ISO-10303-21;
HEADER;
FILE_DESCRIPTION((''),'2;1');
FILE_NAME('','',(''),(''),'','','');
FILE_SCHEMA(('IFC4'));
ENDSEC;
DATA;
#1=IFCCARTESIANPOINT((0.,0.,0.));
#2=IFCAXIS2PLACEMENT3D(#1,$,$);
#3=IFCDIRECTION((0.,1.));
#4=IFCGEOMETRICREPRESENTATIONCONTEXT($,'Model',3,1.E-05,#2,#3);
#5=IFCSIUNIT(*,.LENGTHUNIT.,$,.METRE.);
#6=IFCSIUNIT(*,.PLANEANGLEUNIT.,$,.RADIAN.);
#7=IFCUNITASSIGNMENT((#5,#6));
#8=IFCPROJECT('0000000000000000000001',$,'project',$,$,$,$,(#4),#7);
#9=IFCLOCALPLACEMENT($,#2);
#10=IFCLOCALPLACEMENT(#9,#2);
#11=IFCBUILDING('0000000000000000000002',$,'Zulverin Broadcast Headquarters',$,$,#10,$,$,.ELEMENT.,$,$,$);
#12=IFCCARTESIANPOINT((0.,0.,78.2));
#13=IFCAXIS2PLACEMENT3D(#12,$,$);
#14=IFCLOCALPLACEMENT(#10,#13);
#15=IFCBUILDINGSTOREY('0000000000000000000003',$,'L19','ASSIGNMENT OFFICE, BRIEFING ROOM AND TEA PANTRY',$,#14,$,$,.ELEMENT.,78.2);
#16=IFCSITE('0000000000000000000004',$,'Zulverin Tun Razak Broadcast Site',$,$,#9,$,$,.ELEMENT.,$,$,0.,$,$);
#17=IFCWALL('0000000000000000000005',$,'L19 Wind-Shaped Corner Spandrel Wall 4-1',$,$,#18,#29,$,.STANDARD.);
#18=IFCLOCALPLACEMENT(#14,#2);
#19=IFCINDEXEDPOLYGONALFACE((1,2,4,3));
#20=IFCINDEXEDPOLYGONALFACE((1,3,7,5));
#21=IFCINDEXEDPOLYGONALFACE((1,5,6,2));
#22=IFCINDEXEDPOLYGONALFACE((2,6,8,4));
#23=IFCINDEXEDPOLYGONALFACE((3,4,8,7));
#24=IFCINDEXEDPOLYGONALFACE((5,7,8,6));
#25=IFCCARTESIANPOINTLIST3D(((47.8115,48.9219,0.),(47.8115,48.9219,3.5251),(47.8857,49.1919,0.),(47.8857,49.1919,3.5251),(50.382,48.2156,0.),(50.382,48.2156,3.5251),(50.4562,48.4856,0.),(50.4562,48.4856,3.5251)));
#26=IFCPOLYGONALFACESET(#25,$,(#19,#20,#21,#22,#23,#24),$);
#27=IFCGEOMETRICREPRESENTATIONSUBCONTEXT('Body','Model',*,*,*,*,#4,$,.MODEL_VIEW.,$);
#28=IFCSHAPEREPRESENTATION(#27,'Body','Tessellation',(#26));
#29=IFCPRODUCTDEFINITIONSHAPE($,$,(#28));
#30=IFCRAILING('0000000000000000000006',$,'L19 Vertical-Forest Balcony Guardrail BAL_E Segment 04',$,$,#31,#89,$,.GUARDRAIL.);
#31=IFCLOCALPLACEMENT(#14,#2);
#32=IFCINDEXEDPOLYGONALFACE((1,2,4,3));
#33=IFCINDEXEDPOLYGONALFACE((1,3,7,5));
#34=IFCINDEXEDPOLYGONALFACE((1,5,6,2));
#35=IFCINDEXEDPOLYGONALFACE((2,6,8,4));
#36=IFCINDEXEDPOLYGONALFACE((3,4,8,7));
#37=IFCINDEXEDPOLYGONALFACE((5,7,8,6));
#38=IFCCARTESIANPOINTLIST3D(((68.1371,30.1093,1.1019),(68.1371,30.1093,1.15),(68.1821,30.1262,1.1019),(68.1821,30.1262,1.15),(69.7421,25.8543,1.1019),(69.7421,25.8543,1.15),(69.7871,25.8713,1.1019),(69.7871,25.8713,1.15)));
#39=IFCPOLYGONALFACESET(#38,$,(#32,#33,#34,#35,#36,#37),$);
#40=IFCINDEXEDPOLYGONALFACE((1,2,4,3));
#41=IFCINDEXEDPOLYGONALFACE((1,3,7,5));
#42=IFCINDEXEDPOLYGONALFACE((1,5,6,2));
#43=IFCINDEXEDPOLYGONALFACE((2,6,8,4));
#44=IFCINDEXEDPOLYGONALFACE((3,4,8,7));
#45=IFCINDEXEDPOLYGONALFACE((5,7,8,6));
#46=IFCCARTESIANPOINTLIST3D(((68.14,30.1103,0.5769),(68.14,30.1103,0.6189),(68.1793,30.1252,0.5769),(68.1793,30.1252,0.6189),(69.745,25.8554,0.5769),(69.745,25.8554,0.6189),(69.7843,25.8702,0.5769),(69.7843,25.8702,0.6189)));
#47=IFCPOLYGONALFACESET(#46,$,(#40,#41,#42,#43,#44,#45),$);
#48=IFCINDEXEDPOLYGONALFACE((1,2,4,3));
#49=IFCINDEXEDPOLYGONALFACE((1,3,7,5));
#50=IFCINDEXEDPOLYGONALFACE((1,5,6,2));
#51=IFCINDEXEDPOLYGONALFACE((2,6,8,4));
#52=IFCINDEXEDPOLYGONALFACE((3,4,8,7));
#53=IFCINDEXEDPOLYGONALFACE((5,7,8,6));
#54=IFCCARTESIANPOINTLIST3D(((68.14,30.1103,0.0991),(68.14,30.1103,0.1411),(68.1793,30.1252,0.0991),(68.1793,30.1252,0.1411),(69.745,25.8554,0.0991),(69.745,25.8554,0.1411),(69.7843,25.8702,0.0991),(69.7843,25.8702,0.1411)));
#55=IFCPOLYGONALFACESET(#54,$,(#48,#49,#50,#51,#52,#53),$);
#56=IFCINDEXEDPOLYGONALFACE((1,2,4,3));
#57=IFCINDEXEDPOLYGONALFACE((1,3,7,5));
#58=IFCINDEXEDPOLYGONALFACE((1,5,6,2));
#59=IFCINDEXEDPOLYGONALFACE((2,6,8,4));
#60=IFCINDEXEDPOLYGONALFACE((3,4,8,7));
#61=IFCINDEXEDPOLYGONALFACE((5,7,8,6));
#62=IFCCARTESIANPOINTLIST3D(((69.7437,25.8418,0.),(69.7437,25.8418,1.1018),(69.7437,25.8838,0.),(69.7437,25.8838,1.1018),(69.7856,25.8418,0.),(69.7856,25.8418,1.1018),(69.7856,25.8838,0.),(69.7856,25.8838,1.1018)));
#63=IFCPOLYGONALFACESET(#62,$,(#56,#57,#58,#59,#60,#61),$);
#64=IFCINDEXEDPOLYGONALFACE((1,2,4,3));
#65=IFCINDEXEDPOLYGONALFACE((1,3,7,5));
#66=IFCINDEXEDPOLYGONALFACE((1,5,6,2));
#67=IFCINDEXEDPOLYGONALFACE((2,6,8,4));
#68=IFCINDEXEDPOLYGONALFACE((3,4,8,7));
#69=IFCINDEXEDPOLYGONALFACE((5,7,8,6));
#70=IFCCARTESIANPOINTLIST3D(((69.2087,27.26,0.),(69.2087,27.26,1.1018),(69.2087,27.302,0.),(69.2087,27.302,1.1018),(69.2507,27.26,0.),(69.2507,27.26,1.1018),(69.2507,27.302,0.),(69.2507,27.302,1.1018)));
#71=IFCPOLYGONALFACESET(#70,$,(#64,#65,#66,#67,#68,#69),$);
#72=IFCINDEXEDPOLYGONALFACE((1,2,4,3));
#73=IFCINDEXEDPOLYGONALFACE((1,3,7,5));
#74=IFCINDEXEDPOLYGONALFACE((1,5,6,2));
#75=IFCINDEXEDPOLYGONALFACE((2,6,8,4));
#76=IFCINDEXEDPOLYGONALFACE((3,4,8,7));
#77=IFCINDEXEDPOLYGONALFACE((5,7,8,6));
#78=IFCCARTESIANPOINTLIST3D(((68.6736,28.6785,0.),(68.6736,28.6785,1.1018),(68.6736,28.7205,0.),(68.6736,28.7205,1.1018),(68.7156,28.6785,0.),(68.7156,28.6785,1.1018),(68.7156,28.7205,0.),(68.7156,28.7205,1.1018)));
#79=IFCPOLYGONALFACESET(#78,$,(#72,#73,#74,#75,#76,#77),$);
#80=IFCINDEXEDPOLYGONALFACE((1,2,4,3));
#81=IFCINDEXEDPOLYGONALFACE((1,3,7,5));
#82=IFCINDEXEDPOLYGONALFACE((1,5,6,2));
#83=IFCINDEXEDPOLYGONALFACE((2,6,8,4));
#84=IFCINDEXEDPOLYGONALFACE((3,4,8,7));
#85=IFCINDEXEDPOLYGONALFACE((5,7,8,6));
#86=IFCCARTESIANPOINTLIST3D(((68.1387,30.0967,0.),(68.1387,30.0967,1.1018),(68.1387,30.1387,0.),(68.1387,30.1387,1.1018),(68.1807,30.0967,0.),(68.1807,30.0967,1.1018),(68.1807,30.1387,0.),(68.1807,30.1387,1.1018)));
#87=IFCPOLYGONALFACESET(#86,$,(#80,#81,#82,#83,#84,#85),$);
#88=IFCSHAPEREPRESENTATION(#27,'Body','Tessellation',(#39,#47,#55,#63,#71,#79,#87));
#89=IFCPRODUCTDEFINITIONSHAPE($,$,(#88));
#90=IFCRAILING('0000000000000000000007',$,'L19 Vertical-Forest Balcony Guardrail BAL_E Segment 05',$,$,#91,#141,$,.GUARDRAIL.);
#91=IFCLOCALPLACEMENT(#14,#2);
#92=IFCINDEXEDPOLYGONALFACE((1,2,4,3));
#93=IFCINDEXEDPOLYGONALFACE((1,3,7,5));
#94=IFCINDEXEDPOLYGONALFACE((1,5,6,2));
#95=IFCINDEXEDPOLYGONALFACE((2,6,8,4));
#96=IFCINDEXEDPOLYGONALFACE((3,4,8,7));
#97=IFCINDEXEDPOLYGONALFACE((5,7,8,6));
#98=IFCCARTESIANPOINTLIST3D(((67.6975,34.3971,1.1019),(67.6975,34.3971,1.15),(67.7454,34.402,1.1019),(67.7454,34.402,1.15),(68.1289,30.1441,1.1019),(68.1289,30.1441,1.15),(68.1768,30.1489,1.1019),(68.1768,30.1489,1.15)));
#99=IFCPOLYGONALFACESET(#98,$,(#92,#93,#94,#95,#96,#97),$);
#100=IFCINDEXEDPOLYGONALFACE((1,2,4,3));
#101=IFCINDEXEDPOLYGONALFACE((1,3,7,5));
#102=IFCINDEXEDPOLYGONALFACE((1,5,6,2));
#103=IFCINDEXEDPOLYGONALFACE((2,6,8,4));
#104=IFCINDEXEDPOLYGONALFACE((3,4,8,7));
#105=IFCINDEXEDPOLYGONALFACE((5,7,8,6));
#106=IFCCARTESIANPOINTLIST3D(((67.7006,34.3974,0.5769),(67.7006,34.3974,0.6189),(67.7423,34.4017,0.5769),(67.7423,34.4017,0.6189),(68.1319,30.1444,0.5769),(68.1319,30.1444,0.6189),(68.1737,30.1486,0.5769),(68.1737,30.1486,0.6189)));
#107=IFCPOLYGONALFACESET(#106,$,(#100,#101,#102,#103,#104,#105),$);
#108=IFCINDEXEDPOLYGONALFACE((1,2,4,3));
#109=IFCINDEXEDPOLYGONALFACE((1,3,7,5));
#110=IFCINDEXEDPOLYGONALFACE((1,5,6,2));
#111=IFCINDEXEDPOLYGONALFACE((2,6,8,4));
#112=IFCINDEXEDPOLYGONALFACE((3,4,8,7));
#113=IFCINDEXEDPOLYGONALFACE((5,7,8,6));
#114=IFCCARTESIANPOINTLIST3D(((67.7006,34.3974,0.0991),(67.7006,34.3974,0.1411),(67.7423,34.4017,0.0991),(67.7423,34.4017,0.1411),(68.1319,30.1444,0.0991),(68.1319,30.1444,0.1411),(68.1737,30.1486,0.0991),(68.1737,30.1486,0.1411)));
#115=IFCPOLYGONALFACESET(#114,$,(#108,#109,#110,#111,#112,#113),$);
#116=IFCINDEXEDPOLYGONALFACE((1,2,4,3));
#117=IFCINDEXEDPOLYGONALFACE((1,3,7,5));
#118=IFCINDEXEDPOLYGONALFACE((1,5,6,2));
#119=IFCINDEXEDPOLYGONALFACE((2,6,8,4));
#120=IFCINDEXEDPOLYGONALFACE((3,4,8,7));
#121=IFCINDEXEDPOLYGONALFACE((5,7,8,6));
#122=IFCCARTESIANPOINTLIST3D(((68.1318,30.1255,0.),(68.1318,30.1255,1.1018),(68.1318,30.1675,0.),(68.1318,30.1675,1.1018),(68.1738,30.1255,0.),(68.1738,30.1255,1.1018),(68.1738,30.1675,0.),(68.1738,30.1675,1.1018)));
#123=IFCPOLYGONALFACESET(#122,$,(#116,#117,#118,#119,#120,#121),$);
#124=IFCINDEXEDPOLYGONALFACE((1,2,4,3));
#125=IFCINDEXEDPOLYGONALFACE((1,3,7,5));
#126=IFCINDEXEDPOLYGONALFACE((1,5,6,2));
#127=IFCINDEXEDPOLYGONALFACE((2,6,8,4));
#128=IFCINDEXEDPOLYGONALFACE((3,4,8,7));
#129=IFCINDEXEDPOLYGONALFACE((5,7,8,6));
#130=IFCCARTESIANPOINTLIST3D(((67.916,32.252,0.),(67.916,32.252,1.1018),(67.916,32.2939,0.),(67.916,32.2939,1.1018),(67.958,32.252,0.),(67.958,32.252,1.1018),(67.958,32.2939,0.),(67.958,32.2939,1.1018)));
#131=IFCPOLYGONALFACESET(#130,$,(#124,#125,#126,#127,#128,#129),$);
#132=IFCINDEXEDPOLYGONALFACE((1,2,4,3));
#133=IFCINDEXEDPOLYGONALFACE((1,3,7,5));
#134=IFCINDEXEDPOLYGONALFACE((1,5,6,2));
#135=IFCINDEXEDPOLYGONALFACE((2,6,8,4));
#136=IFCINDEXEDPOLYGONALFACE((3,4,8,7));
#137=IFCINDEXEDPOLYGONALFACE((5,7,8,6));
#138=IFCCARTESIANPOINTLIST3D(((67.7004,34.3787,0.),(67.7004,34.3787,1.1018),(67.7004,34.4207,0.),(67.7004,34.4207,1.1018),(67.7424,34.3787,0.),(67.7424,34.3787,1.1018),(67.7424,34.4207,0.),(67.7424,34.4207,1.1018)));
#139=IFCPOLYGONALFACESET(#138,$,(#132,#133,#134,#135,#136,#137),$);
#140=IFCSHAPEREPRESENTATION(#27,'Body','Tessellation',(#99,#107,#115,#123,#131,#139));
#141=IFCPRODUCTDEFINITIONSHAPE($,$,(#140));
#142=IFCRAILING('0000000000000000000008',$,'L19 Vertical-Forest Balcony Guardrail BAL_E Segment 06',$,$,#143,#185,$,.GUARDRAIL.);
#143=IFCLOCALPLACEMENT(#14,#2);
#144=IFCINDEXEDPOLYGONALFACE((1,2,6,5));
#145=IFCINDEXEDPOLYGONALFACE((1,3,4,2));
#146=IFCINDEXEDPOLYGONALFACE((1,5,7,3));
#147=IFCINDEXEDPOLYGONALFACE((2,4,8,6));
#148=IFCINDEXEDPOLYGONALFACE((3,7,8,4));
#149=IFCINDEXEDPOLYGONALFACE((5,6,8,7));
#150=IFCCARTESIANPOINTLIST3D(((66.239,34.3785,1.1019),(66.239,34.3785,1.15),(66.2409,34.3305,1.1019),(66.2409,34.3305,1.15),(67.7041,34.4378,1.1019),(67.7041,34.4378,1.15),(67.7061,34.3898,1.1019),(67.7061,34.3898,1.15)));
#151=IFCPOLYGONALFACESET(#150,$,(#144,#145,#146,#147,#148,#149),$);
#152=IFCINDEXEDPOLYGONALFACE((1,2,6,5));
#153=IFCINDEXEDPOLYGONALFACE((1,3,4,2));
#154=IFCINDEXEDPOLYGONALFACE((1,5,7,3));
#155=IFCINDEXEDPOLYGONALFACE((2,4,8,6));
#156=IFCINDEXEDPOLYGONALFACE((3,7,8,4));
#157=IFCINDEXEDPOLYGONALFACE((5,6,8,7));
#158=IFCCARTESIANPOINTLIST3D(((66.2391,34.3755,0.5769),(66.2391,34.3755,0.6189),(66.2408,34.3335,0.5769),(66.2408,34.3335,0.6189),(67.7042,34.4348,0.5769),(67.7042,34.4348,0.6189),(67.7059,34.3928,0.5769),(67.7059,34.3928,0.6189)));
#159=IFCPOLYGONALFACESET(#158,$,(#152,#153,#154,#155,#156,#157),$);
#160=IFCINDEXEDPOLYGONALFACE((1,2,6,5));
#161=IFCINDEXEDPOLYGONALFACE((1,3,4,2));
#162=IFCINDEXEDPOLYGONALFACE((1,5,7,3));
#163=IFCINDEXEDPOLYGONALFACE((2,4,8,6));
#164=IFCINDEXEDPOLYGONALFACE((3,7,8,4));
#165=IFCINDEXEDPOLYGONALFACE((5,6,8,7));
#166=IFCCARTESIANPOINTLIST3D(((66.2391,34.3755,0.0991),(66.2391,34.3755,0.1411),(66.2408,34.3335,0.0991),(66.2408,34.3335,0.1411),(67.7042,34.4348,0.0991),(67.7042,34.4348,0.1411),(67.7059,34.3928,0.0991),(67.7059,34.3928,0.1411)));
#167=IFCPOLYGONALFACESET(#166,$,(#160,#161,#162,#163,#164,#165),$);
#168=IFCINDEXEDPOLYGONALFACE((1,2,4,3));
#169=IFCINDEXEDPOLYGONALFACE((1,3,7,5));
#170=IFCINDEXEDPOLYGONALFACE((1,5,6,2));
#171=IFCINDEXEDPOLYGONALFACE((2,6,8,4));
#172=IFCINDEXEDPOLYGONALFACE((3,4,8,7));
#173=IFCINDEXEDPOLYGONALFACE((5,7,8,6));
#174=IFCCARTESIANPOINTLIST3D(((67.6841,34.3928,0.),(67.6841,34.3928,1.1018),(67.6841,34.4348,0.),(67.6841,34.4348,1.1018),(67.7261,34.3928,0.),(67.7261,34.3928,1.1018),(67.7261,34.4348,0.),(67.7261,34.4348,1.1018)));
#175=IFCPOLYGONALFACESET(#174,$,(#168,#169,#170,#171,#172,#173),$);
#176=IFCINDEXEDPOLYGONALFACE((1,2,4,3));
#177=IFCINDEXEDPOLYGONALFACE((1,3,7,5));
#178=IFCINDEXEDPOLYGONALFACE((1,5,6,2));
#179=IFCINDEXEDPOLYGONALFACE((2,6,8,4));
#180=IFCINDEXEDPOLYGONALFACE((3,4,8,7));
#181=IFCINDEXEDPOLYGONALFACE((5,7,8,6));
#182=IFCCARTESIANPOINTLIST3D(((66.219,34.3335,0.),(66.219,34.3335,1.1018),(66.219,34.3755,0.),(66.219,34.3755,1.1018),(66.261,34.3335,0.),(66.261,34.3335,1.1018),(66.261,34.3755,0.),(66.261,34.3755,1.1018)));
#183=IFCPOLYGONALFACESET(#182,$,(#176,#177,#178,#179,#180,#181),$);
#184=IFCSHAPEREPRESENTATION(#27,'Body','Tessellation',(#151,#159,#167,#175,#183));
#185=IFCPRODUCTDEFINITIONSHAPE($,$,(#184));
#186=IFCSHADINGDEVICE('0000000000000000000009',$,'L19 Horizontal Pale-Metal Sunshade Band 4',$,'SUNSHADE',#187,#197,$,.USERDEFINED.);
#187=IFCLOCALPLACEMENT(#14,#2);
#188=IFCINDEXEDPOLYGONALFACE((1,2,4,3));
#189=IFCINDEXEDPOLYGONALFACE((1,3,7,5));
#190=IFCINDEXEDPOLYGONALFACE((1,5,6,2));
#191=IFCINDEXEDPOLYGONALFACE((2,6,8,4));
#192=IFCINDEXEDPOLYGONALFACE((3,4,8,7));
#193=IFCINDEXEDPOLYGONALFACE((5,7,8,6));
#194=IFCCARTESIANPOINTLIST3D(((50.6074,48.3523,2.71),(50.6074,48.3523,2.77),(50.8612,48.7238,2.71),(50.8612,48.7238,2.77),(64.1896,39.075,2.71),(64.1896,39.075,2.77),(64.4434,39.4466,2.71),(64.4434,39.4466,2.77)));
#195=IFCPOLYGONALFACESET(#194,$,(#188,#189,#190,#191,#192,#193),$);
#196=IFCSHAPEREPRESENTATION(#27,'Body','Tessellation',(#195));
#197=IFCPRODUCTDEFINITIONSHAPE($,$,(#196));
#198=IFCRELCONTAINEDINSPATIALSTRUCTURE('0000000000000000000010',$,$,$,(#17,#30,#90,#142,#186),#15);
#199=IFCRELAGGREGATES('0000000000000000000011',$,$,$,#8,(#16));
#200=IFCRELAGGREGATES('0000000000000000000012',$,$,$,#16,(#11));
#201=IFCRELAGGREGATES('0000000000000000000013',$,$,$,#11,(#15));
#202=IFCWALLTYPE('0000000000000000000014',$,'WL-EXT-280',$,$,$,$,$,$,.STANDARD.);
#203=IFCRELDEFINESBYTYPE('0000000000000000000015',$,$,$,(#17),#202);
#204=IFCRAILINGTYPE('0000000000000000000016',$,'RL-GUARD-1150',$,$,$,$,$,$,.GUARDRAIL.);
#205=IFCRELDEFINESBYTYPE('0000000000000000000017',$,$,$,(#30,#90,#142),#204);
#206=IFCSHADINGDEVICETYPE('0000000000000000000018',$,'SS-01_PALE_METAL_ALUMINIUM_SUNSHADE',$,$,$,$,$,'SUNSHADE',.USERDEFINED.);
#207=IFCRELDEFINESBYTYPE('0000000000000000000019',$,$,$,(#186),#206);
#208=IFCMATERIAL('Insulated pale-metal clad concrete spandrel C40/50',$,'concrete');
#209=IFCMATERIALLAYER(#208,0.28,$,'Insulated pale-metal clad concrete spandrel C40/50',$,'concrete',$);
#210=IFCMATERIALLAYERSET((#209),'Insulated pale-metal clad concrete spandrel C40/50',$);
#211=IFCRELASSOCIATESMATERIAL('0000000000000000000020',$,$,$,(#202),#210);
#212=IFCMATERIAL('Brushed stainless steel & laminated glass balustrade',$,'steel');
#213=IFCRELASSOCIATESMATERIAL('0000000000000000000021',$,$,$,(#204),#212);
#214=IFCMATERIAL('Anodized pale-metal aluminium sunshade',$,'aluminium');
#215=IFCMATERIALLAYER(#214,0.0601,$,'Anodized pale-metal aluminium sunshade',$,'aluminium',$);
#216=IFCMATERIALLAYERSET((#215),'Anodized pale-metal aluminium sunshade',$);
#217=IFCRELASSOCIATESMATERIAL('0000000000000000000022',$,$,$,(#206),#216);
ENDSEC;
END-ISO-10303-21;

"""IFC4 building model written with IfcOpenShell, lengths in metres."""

from ifc_helpers import new_model, si_unit, direction, frame, frame_2d, origin, origin_2d, place, context, subcontext, project, spatial, rectangle, extrude, material, layer, layer_set, type_object, element, save


model = new_model("IFC4")

# Units and contexts
model_context = context("Model", 3, precision=1e-05, world=origin(), true_north=direction((0.0, 1.0)))
body_context = subcontext(model_context, "Body", "Model", "MODEL_VIEW")
ifc_project = project(units=[si_unit("LENGTHUNIT", "METRE"), si_unit("PLANEANGLEUNIT", "RADIAN")], contexts=[model_context])

# Site, building, storey
site_placement = place(None, origin())
site = spatial("IfcSite", under=ifc_project, at=site_placement, Name="Zulverin Tun Razak Broadcast Site", CompositionType="ELEMENT", RefElevation=0.0)
building_placement = place(site_placement, origin())
building = spatial("IfcBuilding", under=site, at=building_placement, Name="Zulverin Broadcast Headquarters", CompositionType="ELEMENT")
storey_placement = place(building_placement, frame((0.0, 0.0, 78.2)))
storey = spatial("IfcBuildingStorey", under=building, at=storey_placement, Name="L19", Description="ASSIGNMENT OFFICE, BRIEFING ROOM AND TEA PANTRY", CompositionType="ELEMENT", Elevation=78.2)

# Shared definitions
ifc_material_1 = material(Name="Insulated pale-metal clad concrete spandrel C40/50", Category="concrete")
ifc_layer_1 = layer(ifc_material_1, 0.28, Name="Insulated pale-metal clad concrete spandrel C40/50", Category="concrete")
ifc_layer_set_1 = layer_set([ifc_layer_1], Name="Insulated pale-metal clad concrete spandrel C40/50")
wall_type = type_object("IfcWallType", Name="WL-EXT-280", PredefinedType="STANDARD", material=ifc_layer_set_1)

# Wall
wall_1_placement = place(storey_placement, frame((50.4192, 48.3506, 0.0), z_axis=(0.0, 0.0, 1.0), x_axis=(-0.964263, 0.264946, 0.0)))
element("IfcWall", 1, at=wall_1_placement, inside=storey, type_object=wall_type, Name="L19 Wind-Shaped Corner Spandrel Wall 4-1", PredefinedType="STANDARD", context=body_context, shape_type="SweptSolid", body=[
    extrude(rectangle(XDim=2.6658, YDim=0.28, at=frame_2d((1.333, 0.0))), origin(), (0.0, 0.0, 1.0), 3.5251),
])

# Railings
ifc_material_2 = material(Name="Brushed stainless steel & laminated glass balustrade", Category="steel")
railing_type = type_object("IfcRailingType", Name="RL-GUARD-1150", PredefinedType="GUARDRAIL", material=ifc_material_2)
railing_1_placement = place(storey_placement, frame((69.7646, 25.8628, 0.0)))
element("IfcRailing", 2, at=railing_1_placement, inside=storey, type_object=railing_type, Name="L19 Vertical-Forest Balcony Guardrail BAL_E Segment 04", PredefinedType="GUARDRAIL", context=body_context, shape_type="SweptSolid", body=[
    extrude(rectangle(XDim=0.0481, YDim=0.0481, at=origin_2d()), frame((0.0, 0.0, 1.126), z_axis=(-0.352935, 0.935648, 0.0), x_axis=(-0.935648, -0.352935, 0.0)), (0.0, 0.0, 1.0), 4.5476),
    extrude(rectangle(XDim=0.042, YDim=0.042, at=origin_2d()), frame((0.0, 0.0, 0.5979), z_axis=(-0.352935, 0.935648, 0.0), x_axis=(-0.935648, -0.352935, 0.0)), (0.0, 0.0, 1.0), 4.5476),
    extrude(rectangle(XDim=0.042, YDim=0.042, at=origin_2d()), frame((0.0, 0.0, 0.1201), z_axis=(-0.352935, 0.935648, 0.0), x_axis=(-0.935648, -0.352935, 0.0)), (0.0, 0.0, 1.0), 4.5476),
    extrude(rectangle(XDim=0.042, YDim=0.042, at=origin_2d()), origin(), (0.0, 0.0, 1.0), 1.1018),
    extrude(rectangle(XDim=0.042, YDim=0.042, at=origin_2d()), frame((-0.5349, 1.4182, 0.0)), (0.0, 0.0, 1.0), 1.1018),
    extrude(rectangle(XDim=0.042, YDim=0.042, at=origin_2d()), frame((-1.0701, 2.8367, 0.0)), (0.0, 0.0, 1.0), 1.1018),
    extrude(rectangle(XDim=0.042, YDim=0.042, at=origin_2d()), frame((-1.605, 4.2549, 0.0)), (0.0, 0.0, 1.0), 1.1018),
])
railing_2_placement = place(storey_placement, frame((68.1528, 30.1465, 0.0)))
element("IfcRailing", 3, at=railing_2_placement, inside=storey, type_object=railing_type, Name="L19 Vertical-Forest Balcony Guardrail BAL_E Segment 05", PredefinedType="GUARDRAIL", context=body_context, shape_type="SweptSolid", body=[
    extrude(rectangle(XDim=0.0481, YDim=0.0481, at=origin_2d()), frame((0.0, 0.0, 1.126), z_axis=(-0.100912, 0.994895, 0.0), x_axis=(-0.994895, -0.100912, 0.0)), (0.0, 0.0, 1.0), 4.2749),
    extrude(rectangle(XDim=0.042, YDim=0.042, at=origin_2d()), frame((0.0, 0.0, 0.5979), z_axis=(-0.100912, 0.994895, 0.0), x_axis=(-0.994895, -0.100912, 0.0)), (0.0, 0.0, 1.0), 4.2749),
    extrude(rectangle(XDim=0.042, YDim=0.042, at=origin_2d()), frame((0.0, 0.0, 0.1201), z_axis=(-0.100912, 0.994895, 0.0), x_axis=(-0.994895, -0.100912, 0.0)), (0.0, 0.0, 1.0), 4.2749),
    extrude(rectangle(XDim=0.042, YDim=0.042, at=origin_2d()), origin(), (0.0, 0.0, 1.0), 1.1018),
    extrude(rectangle(XDim=0.042, YDim=0.042, at=origin_2d()), frame((-0.2158, 2.1265, 0.0)), (0.0, 0.0, 1.0), 1.1018),
    extrude(rectangle(XDim=0.042, YDim=0.042, at=origin_2d()), frame((-0.4314, 4.2532, 0.0)), (0.0, 0.0, 1.0), 1.1018),
])
railing_3_placement = place(storey_placement, frame((67.7051, 34.4138, 0.0)))
element("IfcRailing", 4, at=railing_3_placement, inside=storey, type_object=railing_type, Name="L19 Vertical-Forest Balcony Guardrail BAL_E Segment 06", PredefinedType="GUARDRAIL", context=body_context, shape_type="SweptSolid", body=[
    extrude(rectangle(XDim=0.0481, YDim=0.0481, at=origin_2d()), frame((0.0, 0.0, 1.126), z_axis=(-0.999181, -0.04046, 0.0), x_axis=(0.04046, -0.999181, 0.0)), (0.0, 0.0, 1.0), 1.4663),
    extrude(rectangle(XDim=0.042, YDim=0.042, at=origin_2d()), frame((0.0, 0.0, 0.5979), z_axis=(-0.999181, -0.04046, 0.0), x_axis=(0.04046, -0.999181, 0.0)), (0.0, 0.0, 1.0), 1.4663),
    extrude(rectangle(XDim=0.042, YDim=0.042, at=origin_2d()), frame((0.0, 0.0, 0.1201), z_axis=(-0.999181, -0.04046, 0.0), x_axis=(0.04046, -0.999181, 0.0)), (0.0, 0.0, 1.0), 1.4663),
    extrude(rectangle(XDim=0.042, YDim=0.042, at=origin_2d()), origin(), (0.0, 0.0, 1.0), 1.1018),
    extrude(rectangle(XDim=0.042, YDim=0.042, at=origin_2d()), frame((-1.4651, -0.0593, 0.0)), (0.0, 0.0, 1.0), 1.1018),
])

# Shading device
ifc_material_3 = material(Name="Anodized pale-metal aluminium sunshade", Category="aluminium")
ifc_layer_2 = layer(ifc_material_3, 0.0601, Name="Anodized pale-metal aluminium sunshade", Category="aluminium")
ifc_layer_set_2 = layer_set([ifc_layer_2], Name="Anodized pale-metal aluminium sunshade")
shading_device_type = type_object("IfcShadingDeviceType", Name="SS-01_PALE_METAL_ALUMINIUM_SUNSHADE", ElementType="SUNSHADE", PredefinedType="USERDEFINED", material=ifc_layer_set_2)
shading_device_placement = place(storey_placement, frame((57.5254, 43.8994, 2.71), z_axis=(0.0, 0.0, 1.0), x_axis=(-0.825757, 0.564026, 0.0)))
element("IfcShadingDevice", 5, at=shading_device_placement, inside=storey, type_object=shading_device_type, Name="L19 Horizontal Pale-Metal Sunshade Band 4", ObjectType="SUNSHADE", PredefinedType="USERDEFINED", context=body_context, shape_type="SweptSolid", body=[
    extrude(rectangle(XDim=16.4482, YDim=0.45, at=origin_2d()), origin(), (0.0, 0.0, 1.0), 0.0601),
])

save(model, "model.ifc")
